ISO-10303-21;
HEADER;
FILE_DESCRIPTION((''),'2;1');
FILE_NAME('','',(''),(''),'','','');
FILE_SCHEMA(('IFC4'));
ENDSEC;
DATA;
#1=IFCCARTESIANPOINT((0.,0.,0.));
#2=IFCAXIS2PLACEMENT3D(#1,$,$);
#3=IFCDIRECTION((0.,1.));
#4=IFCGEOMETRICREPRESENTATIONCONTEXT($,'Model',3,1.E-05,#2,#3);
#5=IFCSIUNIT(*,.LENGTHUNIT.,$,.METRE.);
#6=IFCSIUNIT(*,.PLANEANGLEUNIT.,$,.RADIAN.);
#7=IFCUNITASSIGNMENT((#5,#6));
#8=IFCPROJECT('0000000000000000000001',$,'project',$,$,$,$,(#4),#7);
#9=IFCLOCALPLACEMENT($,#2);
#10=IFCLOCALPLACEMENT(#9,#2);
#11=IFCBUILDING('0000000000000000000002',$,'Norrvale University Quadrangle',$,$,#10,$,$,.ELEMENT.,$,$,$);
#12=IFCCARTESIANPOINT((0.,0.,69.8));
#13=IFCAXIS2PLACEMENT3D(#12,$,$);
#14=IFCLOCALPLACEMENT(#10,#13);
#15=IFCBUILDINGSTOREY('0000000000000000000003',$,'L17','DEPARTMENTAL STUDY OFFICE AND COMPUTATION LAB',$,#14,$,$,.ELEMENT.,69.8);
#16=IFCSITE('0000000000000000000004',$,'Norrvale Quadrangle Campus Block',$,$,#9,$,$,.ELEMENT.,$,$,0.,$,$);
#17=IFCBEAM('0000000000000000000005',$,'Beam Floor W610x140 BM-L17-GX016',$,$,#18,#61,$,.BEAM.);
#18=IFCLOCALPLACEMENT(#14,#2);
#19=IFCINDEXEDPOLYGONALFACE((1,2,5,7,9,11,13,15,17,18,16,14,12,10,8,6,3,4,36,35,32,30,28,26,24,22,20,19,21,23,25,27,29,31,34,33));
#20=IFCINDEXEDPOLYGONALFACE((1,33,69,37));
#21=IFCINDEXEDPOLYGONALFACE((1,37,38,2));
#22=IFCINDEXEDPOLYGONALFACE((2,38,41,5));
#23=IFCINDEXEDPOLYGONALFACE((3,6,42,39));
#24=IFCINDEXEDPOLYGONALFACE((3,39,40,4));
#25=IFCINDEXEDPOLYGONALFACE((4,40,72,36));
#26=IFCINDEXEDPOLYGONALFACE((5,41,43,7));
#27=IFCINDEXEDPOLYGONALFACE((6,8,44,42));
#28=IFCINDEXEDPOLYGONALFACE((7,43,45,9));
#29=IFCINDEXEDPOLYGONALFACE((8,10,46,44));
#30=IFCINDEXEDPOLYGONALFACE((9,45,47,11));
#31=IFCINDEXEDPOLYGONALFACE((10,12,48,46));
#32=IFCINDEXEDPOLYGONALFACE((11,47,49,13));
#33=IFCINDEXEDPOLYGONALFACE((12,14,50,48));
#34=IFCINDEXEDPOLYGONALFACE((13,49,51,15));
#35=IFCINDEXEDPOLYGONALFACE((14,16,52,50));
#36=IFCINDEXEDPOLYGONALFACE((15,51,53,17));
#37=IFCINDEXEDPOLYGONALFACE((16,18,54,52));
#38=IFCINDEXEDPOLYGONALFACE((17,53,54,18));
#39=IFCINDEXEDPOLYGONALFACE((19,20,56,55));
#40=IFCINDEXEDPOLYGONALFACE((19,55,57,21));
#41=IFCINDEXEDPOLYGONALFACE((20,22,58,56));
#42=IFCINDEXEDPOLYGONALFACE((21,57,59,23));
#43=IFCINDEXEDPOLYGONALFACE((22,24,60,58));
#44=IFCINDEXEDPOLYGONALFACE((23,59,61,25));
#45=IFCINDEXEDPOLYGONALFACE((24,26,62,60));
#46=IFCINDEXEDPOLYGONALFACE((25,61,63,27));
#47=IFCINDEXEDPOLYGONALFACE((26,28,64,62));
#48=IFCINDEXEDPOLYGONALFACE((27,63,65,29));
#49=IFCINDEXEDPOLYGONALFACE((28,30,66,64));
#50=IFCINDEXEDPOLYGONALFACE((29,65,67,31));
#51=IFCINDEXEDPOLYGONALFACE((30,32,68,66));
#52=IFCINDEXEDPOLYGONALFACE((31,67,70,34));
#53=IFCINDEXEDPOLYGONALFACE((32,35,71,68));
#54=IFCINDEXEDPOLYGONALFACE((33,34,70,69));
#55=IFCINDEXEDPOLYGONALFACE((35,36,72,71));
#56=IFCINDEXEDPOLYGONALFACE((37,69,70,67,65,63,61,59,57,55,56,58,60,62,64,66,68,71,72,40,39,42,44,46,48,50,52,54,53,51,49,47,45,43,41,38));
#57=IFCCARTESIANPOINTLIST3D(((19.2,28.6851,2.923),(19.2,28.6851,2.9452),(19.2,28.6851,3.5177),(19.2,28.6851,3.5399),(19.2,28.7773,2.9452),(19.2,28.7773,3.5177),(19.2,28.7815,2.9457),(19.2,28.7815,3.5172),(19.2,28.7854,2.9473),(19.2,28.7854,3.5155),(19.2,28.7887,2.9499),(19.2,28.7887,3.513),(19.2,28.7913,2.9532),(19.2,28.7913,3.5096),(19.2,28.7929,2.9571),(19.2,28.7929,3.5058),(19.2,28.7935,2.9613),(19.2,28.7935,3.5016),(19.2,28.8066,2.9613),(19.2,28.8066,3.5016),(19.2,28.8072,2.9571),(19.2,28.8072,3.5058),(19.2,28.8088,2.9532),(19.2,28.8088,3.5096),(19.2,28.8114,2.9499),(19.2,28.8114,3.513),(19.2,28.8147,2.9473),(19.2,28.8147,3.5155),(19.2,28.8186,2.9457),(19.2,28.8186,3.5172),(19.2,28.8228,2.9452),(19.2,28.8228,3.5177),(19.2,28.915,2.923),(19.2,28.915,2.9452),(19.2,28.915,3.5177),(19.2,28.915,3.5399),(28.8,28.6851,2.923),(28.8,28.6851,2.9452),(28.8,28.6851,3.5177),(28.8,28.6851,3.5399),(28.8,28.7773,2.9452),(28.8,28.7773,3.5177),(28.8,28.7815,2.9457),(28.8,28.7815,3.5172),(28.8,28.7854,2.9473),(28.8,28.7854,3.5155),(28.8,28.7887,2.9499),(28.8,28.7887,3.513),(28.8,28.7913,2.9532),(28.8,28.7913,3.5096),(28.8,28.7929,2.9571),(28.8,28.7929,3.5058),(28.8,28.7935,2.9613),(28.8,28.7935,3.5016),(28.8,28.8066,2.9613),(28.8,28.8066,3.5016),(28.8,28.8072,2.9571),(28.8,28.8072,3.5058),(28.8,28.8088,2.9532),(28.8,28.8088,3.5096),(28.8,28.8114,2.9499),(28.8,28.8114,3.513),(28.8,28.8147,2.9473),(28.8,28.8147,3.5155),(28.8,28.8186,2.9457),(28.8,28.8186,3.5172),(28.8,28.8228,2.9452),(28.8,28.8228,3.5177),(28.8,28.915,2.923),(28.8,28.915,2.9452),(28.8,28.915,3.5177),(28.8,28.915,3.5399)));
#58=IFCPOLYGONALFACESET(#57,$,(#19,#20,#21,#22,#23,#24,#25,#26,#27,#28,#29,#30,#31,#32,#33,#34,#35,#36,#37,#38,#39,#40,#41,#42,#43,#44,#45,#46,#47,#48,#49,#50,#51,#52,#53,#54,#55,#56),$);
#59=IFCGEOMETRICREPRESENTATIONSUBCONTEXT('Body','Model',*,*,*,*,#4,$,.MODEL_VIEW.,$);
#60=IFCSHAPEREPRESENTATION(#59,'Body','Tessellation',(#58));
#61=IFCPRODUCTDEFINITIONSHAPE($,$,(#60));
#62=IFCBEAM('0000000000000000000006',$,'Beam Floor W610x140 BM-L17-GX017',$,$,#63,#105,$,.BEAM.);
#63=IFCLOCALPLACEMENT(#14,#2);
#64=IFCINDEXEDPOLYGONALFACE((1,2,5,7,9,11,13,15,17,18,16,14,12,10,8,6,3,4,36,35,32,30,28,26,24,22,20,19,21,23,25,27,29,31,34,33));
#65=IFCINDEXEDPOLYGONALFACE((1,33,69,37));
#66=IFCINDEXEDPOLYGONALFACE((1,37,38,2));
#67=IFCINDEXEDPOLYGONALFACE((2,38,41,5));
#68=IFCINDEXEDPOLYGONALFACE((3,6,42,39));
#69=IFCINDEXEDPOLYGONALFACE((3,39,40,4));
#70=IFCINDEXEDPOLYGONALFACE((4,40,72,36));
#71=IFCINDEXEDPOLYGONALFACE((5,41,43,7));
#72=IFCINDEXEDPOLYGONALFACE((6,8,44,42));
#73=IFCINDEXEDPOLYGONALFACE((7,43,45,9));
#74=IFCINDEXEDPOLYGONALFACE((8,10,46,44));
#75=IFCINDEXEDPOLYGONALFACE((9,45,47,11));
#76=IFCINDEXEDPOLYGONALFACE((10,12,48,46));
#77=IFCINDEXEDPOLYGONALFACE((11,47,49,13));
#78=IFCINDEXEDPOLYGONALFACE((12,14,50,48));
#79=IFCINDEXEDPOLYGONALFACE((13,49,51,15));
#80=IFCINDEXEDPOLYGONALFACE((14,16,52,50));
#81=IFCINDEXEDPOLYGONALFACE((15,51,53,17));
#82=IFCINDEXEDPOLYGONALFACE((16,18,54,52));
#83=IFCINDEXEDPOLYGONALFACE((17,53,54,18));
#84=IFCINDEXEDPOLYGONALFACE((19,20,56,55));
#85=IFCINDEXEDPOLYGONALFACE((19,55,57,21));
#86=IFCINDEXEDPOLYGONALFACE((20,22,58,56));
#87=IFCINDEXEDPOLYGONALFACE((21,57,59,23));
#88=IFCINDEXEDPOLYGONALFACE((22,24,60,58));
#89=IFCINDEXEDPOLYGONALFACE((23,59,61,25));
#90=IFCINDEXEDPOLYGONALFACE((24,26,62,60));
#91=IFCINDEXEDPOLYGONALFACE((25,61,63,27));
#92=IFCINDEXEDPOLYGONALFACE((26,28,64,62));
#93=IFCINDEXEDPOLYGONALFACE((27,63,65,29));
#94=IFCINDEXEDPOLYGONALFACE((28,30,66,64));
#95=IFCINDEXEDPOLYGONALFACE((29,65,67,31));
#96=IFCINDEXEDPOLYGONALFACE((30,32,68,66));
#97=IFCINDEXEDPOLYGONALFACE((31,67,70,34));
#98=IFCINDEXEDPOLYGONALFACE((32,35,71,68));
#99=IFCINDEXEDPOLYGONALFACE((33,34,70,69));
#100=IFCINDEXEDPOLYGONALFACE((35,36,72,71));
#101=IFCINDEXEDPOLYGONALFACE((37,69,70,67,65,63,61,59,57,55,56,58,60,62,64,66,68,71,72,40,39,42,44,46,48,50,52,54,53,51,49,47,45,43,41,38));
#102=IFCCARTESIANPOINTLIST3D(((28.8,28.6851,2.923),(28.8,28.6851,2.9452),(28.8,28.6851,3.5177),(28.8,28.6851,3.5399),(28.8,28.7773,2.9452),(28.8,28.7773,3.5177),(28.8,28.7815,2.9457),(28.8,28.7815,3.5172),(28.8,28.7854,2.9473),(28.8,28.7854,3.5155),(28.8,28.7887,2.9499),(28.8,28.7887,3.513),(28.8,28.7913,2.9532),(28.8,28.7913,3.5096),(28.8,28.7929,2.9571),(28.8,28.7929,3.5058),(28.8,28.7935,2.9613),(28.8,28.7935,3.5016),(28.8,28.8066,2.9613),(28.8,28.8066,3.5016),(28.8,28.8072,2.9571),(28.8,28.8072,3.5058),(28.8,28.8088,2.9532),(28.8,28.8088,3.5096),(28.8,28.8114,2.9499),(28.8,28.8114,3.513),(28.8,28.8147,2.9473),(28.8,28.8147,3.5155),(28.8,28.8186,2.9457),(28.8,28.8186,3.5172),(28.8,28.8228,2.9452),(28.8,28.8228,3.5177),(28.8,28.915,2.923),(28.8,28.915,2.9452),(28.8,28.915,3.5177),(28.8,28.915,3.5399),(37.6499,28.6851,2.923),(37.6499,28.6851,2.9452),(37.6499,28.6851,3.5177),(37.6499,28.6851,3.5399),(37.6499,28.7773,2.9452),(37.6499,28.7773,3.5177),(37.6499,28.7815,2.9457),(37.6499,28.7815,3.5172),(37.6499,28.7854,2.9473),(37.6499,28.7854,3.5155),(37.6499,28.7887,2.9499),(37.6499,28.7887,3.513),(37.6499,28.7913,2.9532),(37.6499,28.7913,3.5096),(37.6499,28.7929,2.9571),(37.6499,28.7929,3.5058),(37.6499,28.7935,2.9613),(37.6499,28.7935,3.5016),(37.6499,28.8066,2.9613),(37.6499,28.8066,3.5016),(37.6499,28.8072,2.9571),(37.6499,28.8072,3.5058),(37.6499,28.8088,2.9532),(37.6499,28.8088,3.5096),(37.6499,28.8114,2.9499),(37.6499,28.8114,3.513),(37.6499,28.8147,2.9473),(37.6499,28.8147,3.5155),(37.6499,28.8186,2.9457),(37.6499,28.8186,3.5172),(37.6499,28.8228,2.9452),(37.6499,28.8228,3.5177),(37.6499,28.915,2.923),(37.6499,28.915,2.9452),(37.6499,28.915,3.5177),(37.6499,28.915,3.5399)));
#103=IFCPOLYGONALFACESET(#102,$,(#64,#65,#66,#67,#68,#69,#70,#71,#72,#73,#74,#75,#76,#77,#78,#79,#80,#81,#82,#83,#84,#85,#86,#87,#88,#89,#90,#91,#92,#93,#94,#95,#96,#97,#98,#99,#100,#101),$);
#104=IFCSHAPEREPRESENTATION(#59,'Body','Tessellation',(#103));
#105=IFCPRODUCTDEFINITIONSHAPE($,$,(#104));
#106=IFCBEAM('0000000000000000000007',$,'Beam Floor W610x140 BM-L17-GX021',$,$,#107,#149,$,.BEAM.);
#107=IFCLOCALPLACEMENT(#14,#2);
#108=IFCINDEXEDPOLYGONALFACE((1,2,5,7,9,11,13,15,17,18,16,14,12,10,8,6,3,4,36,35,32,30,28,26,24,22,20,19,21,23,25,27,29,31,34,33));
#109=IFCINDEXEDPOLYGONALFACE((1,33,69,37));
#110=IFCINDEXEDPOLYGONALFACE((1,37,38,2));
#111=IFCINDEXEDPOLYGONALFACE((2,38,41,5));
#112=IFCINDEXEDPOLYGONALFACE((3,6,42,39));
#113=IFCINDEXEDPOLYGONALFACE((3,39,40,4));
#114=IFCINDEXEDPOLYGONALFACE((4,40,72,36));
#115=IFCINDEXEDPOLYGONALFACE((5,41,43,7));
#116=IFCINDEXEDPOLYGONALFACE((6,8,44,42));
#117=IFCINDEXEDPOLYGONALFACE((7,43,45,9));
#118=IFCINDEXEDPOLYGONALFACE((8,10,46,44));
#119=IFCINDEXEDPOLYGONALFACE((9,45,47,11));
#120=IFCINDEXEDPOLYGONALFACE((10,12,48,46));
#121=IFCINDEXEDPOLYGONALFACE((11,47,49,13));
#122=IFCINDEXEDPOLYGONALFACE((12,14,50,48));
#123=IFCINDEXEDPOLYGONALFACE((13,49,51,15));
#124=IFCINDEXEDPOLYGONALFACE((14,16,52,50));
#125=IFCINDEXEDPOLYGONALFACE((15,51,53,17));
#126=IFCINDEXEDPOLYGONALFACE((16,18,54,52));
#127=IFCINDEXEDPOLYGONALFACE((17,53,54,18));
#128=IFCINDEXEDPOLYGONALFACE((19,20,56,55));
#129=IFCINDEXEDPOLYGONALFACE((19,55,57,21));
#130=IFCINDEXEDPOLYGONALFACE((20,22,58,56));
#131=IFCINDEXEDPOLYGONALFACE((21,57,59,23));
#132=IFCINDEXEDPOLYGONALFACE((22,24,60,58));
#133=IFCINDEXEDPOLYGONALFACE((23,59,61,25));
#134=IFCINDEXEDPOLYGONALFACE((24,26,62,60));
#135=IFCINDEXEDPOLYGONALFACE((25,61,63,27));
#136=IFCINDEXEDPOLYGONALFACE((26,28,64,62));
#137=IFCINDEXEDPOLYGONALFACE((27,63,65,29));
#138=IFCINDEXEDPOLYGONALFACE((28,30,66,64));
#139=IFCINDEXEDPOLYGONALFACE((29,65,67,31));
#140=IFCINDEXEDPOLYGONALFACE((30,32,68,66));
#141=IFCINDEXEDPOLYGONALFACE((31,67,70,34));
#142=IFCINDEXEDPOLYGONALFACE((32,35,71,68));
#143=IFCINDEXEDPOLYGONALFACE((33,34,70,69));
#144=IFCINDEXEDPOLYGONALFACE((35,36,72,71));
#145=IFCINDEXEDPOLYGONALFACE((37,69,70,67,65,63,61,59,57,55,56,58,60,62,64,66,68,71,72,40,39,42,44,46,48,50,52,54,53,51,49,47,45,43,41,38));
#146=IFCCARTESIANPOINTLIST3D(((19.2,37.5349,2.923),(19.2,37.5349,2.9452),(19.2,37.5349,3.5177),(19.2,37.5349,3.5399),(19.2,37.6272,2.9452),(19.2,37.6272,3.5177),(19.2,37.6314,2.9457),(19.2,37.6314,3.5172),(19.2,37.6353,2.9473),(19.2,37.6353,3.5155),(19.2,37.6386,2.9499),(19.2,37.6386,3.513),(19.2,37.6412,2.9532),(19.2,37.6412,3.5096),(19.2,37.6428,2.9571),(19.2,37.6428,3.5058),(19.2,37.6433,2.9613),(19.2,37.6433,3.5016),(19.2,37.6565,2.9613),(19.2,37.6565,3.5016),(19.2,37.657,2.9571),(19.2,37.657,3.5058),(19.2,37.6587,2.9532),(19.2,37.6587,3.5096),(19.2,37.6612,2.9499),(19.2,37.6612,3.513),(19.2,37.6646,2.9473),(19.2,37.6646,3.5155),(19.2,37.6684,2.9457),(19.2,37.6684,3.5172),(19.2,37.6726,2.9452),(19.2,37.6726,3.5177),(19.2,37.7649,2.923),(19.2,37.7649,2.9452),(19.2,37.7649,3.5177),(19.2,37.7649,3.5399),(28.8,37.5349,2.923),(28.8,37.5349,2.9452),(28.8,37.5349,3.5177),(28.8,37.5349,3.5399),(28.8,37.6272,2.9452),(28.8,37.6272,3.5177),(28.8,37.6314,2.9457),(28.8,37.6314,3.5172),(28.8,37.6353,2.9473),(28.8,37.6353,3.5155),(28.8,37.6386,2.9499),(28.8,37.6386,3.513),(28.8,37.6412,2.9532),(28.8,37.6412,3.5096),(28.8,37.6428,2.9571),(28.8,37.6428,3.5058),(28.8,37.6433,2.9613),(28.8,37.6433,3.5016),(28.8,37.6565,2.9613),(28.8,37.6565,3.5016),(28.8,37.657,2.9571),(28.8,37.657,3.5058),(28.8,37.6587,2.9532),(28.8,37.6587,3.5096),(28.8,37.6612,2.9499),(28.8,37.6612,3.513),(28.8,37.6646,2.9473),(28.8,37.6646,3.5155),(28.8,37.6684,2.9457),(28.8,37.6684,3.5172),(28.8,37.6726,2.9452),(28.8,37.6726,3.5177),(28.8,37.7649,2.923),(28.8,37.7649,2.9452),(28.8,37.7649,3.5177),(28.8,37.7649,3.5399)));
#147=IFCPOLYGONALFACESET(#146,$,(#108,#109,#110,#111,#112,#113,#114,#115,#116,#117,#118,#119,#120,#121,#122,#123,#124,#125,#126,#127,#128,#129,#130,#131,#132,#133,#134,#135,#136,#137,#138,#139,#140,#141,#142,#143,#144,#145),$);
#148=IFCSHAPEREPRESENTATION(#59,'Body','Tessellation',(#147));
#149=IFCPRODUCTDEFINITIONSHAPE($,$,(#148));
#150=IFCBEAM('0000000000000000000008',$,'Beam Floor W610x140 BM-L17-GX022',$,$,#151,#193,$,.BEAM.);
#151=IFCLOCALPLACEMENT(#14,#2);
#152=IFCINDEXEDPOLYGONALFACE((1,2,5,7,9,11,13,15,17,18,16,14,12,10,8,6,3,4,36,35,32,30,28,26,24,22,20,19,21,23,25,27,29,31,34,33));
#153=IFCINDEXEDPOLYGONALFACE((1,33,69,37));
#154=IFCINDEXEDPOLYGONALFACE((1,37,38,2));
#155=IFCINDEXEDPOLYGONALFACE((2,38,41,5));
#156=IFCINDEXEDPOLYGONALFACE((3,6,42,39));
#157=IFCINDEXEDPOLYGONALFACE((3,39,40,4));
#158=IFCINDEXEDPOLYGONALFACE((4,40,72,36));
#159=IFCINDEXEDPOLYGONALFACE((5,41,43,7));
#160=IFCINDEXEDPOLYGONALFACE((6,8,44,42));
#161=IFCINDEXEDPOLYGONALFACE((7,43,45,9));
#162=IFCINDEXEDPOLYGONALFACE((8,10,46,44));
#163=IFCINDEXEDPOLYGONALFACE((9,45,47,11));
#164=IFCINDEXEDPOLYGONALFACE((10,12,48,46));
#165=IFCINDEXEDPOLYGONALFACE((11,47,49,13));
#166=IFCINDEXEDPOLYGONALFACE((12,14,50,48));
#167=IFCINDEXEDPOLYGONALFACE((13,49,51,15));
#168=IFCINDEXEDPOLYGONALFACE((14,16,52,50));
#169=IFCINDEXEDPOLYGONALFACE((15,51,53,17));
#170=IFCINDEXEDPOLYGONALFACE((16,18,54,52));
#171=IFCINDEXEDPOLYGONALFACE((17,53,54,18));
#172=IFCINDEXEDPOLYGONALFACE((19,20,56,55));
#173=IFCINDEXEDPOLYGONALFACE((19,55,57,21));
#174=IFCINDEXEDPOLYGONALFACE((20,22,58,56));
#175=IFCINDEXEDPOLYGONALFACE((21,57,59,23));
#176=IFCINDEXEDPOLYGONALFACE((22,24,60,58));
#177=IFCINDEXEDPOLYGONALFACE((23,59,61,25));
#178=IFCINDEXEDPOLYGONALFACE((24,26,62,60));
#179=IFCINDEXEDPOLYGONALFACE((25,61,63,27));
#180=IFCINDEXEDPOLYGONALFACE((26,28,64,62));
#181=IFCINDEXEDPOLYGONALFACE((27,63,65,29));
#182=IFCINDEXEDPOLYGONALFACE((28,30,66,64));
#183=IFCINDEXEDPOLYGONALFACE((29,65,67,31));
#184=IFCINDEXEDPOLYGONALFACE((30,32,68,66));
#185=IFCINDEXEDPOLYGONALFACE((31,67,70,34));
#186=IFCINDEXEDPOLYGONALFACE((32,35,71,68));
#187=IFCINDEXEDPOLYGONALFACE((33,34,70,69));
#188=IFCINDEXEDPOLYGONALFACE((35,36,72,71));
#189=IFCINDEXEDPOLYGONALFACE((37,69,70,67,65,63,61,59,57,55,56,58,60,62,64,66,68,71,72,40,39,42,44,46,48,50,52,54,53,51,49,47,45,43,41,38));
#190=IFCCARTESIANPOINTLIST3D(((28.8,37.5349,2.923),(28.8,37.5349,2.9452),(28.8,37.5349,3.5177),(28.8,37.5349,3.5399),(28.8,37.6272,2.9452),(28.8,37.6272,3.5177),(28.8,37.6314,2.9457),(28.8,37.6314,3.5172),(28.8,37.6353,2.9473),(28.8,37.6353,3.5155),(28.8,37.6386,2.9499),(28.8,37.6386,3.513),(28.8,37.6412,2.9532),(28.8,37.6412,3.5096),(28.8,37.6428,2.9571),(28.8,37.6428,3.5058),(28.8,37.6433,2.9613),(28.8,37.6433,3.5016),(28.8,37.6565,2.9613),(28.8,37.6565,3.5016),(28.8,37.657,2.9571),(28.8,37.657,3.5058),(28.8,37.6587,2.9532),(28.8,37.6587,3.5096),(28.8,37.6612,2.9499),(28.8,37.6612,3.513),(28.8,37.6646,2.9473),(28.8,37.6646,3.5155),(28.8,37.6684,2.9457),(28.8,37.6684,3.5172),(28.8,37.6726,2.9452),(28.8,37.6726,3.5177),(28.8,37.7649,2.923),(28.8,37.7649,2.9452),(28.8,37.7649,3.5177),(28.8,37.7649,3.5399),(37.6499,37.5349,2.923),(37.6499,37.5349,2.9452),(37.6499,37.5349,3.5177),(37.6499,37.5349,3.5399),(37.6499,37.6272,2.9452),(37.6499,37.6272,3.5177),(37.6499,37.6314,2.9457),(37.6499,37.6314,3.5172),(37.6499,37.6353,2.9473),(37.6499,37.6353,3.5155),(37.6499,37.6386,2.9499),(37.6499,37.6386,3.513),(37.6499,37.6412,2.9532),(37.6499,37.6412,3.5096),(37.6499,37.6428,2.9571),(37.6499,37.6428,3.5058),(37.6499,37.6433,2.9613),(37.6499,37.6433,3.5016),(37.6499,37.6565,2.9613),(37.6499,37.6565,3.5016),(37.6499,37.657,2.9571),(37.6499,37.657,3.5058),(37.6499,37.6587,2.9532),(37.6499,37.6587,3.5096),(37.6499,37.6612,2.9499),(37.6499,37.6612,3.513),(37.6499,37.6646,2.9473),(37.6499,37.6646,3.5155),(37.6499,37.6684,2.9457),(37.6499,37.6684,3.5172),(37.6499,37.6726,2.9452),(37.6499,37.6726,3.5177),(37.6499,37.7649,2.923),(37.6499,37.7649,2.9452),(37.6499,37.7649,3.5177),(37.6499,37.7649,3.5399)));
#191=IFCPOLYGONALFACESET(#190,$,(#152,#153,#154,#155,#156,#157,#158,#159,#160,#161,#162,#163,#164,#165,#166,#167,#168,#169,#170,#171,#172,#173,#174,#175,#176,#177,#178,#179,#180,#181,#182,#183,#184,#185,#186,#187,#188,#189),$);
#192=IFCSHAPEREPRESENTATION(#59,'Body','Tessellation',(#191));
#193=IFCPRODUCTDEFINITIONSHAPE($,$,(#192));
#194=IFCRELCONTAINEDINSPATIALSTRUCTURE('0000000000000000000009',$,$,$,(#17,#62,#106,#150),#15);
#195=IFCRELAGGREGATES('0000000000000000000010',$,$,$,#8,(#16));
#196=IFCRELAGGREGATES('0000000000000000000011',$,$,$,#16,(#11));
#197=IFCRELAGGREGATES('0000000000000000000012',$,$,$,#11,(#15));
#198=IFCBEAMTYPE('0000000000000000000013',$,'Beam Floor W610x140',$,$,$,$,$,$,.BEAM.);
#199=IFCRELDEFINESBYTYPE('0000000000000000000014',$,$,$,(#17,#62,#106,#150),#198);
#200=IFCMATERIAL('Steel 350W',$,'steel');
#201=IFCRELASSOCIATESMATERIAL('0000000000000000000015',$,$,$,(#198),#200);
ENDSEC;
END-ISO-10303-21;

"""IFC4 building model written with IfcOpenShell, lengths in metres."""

from ifc_helpers import new_model, si_unit, direction, frame, origin, origin_2d, place, context, subcontext, project, spatial, i_section, extrude, material, material_profile, profile_set, type_object, element, save


model = new_model("IFC4")

# Units and contexts
model_context = context("Model", 3, precision=1e-05, world=origin(), true_north=direction((0.0, 1.0)))
body_context = subcontext(model_context, "Body", "Model", "MODEL_VIEW")
ifc_project = project(units=[si_unit("LENGTHUNIT", "METRE"), si_unit("PLANEANGLEUNIT", "RADIAN")], contexts=[model_context])

# Site, building, storey
site_placement = place(None, origin())
site = spatial("IfcSite", under=ifc_project, at=site_placement, Name="Norrvale Quadrangle Campus Block", CompositionType="ELEMENT", RefElevation=0.0)
building_placement = place(site_placement, origin())
building = spatial("IfcBuilding", under=site, at=building_placement, Name="Norrvale University Quadrangle", CompositionType="ELEMENT")
storey_placement = place(building_placement, frame((0.0, 0.0, 69.8)))
storey = spatial("IfcBuildingStorey", under=building, at=storey_placement, Name="L17", Description="DEPARTMENTAL STUDY OFFICE AND COMPUTATION LAB", CompositionType="ELEMENT", Elevation=69.8)

# Beams
ifc_material_1 = material(Name="Steel 350W", Category="steel")
ifc_material_profile_1 = material_profile(ifc_material_1, i_section(OverallWidth=0.23, OverallDepth=0.6169, WebThickness=0.0132, FlangeThickness=0.0222, FilletRadius=0.0161, at=origin_2d()), Name="Steel 350W")
ifc_profile_set_1 = profile_set([ifc_material_profile_1], Name="Steel 350W")
beam_type_1 = type_object("IfcBeamType", Name="Beam Floor W610x140", PredefinedType="BEAM", material=ifc_profile_set_1)
beam_1_placement = place(storey_placement, frame((19.2, 28.8, 3.2314), z_axis=(1.0, 0.0, 0.0), x_axis=(0.0, 1.0, 0.0)))
element("IfcBeam", 1, at=beam_1_placement, inside=storey, type_object=beam_type_1, Name="Beam Floor W610x140 BM-L17-GX016", PredefinedType="BEAM", context=body_context, shape_type="SweptSolid", body=[
    extrude(i_section(OverallWidth=0.23, OverallDepth=0.6169, WebThickness=0.0132, FlangeThickness=0.0222, FilletRadius=0.0161, at=origin_2d()), origin(), (0.0, 0.0, 1.0), 9.6001),
])
beam_2_placement = place(storey_placement, frame((28.8, 28.8, 3.2314), z_axis=(1.0, 0.0, 0.0), x_axis=(0.0, 1.0, 0.0)))
element("IfcBeam", 2, at=beam_2_placement, inside=storey, type_object=beam_type_1, Name="Beam Floor W610x140 BM-L17-GX017", PredefinedType="BEAM", context=body_context, shape_type="SweptSolid", body=[
    extrude(i_section(OverallWidth=0.23, OverallDepth=0.6169, WebThickness=0.0132, FlangeThickness=0.0222, FilletRadius=0.0161, at=origin_2d()), origin(), (0.0, 0.0, 1.0), 8.8499),
])
beam_3_placement = place(storey_placement, frame((19.2, 37.6499, 3.2314), z_axis=(1.0, 0.0, 0.0), x_axis=(0.0, 1.0, 0.0)))
element("IfcBeam", 3, at=beam_3_placement, inside=storey, type_object=beam_type_1, Name="Beam Floor W610x140 BM-L17-GX021", PredefinedType="BEAM", context=body_context, shape_type="SweptSolid", body=[
    extrude(i_section(OverallWidth=0.23, OverallDepth=0.6169, WebThickness=0.0132, FlangeThickness=0.0222, FilletRadius=0.0161, at=origin_2d()), origin(), (0.0, 0.0, 1.0), 9.6001),
])
for number, where, z_axis, x_axis, name in (
    (4, (28.8, 37.6499, 3.2314), (1.0, 0.0, 0.0), (0.0, 1.0, 0.0), "Beam Floor W610x140 BM-L17-GX022"),
):
    element("IfcBeam", number, at=place(storey_placement, frame(where, z_axis=z_axis, x_axis=x_axis)), inside=storey, type_object=beam_type_1, Name=name, PredefinedType="BEAM", context=body_context, shape_type="SweptSolid", body=[
        extrude(i_section(OverallWidth=0.23, OverallDepth=0.6169, WebThickness=0.0132, FlangeThickness=0.0222, FilletRadius=0.0161, at=origin_2d()), origin(), (0.0, 0.0, 1.0), 8.8499),
    ])

save(model, "model.ifc")
